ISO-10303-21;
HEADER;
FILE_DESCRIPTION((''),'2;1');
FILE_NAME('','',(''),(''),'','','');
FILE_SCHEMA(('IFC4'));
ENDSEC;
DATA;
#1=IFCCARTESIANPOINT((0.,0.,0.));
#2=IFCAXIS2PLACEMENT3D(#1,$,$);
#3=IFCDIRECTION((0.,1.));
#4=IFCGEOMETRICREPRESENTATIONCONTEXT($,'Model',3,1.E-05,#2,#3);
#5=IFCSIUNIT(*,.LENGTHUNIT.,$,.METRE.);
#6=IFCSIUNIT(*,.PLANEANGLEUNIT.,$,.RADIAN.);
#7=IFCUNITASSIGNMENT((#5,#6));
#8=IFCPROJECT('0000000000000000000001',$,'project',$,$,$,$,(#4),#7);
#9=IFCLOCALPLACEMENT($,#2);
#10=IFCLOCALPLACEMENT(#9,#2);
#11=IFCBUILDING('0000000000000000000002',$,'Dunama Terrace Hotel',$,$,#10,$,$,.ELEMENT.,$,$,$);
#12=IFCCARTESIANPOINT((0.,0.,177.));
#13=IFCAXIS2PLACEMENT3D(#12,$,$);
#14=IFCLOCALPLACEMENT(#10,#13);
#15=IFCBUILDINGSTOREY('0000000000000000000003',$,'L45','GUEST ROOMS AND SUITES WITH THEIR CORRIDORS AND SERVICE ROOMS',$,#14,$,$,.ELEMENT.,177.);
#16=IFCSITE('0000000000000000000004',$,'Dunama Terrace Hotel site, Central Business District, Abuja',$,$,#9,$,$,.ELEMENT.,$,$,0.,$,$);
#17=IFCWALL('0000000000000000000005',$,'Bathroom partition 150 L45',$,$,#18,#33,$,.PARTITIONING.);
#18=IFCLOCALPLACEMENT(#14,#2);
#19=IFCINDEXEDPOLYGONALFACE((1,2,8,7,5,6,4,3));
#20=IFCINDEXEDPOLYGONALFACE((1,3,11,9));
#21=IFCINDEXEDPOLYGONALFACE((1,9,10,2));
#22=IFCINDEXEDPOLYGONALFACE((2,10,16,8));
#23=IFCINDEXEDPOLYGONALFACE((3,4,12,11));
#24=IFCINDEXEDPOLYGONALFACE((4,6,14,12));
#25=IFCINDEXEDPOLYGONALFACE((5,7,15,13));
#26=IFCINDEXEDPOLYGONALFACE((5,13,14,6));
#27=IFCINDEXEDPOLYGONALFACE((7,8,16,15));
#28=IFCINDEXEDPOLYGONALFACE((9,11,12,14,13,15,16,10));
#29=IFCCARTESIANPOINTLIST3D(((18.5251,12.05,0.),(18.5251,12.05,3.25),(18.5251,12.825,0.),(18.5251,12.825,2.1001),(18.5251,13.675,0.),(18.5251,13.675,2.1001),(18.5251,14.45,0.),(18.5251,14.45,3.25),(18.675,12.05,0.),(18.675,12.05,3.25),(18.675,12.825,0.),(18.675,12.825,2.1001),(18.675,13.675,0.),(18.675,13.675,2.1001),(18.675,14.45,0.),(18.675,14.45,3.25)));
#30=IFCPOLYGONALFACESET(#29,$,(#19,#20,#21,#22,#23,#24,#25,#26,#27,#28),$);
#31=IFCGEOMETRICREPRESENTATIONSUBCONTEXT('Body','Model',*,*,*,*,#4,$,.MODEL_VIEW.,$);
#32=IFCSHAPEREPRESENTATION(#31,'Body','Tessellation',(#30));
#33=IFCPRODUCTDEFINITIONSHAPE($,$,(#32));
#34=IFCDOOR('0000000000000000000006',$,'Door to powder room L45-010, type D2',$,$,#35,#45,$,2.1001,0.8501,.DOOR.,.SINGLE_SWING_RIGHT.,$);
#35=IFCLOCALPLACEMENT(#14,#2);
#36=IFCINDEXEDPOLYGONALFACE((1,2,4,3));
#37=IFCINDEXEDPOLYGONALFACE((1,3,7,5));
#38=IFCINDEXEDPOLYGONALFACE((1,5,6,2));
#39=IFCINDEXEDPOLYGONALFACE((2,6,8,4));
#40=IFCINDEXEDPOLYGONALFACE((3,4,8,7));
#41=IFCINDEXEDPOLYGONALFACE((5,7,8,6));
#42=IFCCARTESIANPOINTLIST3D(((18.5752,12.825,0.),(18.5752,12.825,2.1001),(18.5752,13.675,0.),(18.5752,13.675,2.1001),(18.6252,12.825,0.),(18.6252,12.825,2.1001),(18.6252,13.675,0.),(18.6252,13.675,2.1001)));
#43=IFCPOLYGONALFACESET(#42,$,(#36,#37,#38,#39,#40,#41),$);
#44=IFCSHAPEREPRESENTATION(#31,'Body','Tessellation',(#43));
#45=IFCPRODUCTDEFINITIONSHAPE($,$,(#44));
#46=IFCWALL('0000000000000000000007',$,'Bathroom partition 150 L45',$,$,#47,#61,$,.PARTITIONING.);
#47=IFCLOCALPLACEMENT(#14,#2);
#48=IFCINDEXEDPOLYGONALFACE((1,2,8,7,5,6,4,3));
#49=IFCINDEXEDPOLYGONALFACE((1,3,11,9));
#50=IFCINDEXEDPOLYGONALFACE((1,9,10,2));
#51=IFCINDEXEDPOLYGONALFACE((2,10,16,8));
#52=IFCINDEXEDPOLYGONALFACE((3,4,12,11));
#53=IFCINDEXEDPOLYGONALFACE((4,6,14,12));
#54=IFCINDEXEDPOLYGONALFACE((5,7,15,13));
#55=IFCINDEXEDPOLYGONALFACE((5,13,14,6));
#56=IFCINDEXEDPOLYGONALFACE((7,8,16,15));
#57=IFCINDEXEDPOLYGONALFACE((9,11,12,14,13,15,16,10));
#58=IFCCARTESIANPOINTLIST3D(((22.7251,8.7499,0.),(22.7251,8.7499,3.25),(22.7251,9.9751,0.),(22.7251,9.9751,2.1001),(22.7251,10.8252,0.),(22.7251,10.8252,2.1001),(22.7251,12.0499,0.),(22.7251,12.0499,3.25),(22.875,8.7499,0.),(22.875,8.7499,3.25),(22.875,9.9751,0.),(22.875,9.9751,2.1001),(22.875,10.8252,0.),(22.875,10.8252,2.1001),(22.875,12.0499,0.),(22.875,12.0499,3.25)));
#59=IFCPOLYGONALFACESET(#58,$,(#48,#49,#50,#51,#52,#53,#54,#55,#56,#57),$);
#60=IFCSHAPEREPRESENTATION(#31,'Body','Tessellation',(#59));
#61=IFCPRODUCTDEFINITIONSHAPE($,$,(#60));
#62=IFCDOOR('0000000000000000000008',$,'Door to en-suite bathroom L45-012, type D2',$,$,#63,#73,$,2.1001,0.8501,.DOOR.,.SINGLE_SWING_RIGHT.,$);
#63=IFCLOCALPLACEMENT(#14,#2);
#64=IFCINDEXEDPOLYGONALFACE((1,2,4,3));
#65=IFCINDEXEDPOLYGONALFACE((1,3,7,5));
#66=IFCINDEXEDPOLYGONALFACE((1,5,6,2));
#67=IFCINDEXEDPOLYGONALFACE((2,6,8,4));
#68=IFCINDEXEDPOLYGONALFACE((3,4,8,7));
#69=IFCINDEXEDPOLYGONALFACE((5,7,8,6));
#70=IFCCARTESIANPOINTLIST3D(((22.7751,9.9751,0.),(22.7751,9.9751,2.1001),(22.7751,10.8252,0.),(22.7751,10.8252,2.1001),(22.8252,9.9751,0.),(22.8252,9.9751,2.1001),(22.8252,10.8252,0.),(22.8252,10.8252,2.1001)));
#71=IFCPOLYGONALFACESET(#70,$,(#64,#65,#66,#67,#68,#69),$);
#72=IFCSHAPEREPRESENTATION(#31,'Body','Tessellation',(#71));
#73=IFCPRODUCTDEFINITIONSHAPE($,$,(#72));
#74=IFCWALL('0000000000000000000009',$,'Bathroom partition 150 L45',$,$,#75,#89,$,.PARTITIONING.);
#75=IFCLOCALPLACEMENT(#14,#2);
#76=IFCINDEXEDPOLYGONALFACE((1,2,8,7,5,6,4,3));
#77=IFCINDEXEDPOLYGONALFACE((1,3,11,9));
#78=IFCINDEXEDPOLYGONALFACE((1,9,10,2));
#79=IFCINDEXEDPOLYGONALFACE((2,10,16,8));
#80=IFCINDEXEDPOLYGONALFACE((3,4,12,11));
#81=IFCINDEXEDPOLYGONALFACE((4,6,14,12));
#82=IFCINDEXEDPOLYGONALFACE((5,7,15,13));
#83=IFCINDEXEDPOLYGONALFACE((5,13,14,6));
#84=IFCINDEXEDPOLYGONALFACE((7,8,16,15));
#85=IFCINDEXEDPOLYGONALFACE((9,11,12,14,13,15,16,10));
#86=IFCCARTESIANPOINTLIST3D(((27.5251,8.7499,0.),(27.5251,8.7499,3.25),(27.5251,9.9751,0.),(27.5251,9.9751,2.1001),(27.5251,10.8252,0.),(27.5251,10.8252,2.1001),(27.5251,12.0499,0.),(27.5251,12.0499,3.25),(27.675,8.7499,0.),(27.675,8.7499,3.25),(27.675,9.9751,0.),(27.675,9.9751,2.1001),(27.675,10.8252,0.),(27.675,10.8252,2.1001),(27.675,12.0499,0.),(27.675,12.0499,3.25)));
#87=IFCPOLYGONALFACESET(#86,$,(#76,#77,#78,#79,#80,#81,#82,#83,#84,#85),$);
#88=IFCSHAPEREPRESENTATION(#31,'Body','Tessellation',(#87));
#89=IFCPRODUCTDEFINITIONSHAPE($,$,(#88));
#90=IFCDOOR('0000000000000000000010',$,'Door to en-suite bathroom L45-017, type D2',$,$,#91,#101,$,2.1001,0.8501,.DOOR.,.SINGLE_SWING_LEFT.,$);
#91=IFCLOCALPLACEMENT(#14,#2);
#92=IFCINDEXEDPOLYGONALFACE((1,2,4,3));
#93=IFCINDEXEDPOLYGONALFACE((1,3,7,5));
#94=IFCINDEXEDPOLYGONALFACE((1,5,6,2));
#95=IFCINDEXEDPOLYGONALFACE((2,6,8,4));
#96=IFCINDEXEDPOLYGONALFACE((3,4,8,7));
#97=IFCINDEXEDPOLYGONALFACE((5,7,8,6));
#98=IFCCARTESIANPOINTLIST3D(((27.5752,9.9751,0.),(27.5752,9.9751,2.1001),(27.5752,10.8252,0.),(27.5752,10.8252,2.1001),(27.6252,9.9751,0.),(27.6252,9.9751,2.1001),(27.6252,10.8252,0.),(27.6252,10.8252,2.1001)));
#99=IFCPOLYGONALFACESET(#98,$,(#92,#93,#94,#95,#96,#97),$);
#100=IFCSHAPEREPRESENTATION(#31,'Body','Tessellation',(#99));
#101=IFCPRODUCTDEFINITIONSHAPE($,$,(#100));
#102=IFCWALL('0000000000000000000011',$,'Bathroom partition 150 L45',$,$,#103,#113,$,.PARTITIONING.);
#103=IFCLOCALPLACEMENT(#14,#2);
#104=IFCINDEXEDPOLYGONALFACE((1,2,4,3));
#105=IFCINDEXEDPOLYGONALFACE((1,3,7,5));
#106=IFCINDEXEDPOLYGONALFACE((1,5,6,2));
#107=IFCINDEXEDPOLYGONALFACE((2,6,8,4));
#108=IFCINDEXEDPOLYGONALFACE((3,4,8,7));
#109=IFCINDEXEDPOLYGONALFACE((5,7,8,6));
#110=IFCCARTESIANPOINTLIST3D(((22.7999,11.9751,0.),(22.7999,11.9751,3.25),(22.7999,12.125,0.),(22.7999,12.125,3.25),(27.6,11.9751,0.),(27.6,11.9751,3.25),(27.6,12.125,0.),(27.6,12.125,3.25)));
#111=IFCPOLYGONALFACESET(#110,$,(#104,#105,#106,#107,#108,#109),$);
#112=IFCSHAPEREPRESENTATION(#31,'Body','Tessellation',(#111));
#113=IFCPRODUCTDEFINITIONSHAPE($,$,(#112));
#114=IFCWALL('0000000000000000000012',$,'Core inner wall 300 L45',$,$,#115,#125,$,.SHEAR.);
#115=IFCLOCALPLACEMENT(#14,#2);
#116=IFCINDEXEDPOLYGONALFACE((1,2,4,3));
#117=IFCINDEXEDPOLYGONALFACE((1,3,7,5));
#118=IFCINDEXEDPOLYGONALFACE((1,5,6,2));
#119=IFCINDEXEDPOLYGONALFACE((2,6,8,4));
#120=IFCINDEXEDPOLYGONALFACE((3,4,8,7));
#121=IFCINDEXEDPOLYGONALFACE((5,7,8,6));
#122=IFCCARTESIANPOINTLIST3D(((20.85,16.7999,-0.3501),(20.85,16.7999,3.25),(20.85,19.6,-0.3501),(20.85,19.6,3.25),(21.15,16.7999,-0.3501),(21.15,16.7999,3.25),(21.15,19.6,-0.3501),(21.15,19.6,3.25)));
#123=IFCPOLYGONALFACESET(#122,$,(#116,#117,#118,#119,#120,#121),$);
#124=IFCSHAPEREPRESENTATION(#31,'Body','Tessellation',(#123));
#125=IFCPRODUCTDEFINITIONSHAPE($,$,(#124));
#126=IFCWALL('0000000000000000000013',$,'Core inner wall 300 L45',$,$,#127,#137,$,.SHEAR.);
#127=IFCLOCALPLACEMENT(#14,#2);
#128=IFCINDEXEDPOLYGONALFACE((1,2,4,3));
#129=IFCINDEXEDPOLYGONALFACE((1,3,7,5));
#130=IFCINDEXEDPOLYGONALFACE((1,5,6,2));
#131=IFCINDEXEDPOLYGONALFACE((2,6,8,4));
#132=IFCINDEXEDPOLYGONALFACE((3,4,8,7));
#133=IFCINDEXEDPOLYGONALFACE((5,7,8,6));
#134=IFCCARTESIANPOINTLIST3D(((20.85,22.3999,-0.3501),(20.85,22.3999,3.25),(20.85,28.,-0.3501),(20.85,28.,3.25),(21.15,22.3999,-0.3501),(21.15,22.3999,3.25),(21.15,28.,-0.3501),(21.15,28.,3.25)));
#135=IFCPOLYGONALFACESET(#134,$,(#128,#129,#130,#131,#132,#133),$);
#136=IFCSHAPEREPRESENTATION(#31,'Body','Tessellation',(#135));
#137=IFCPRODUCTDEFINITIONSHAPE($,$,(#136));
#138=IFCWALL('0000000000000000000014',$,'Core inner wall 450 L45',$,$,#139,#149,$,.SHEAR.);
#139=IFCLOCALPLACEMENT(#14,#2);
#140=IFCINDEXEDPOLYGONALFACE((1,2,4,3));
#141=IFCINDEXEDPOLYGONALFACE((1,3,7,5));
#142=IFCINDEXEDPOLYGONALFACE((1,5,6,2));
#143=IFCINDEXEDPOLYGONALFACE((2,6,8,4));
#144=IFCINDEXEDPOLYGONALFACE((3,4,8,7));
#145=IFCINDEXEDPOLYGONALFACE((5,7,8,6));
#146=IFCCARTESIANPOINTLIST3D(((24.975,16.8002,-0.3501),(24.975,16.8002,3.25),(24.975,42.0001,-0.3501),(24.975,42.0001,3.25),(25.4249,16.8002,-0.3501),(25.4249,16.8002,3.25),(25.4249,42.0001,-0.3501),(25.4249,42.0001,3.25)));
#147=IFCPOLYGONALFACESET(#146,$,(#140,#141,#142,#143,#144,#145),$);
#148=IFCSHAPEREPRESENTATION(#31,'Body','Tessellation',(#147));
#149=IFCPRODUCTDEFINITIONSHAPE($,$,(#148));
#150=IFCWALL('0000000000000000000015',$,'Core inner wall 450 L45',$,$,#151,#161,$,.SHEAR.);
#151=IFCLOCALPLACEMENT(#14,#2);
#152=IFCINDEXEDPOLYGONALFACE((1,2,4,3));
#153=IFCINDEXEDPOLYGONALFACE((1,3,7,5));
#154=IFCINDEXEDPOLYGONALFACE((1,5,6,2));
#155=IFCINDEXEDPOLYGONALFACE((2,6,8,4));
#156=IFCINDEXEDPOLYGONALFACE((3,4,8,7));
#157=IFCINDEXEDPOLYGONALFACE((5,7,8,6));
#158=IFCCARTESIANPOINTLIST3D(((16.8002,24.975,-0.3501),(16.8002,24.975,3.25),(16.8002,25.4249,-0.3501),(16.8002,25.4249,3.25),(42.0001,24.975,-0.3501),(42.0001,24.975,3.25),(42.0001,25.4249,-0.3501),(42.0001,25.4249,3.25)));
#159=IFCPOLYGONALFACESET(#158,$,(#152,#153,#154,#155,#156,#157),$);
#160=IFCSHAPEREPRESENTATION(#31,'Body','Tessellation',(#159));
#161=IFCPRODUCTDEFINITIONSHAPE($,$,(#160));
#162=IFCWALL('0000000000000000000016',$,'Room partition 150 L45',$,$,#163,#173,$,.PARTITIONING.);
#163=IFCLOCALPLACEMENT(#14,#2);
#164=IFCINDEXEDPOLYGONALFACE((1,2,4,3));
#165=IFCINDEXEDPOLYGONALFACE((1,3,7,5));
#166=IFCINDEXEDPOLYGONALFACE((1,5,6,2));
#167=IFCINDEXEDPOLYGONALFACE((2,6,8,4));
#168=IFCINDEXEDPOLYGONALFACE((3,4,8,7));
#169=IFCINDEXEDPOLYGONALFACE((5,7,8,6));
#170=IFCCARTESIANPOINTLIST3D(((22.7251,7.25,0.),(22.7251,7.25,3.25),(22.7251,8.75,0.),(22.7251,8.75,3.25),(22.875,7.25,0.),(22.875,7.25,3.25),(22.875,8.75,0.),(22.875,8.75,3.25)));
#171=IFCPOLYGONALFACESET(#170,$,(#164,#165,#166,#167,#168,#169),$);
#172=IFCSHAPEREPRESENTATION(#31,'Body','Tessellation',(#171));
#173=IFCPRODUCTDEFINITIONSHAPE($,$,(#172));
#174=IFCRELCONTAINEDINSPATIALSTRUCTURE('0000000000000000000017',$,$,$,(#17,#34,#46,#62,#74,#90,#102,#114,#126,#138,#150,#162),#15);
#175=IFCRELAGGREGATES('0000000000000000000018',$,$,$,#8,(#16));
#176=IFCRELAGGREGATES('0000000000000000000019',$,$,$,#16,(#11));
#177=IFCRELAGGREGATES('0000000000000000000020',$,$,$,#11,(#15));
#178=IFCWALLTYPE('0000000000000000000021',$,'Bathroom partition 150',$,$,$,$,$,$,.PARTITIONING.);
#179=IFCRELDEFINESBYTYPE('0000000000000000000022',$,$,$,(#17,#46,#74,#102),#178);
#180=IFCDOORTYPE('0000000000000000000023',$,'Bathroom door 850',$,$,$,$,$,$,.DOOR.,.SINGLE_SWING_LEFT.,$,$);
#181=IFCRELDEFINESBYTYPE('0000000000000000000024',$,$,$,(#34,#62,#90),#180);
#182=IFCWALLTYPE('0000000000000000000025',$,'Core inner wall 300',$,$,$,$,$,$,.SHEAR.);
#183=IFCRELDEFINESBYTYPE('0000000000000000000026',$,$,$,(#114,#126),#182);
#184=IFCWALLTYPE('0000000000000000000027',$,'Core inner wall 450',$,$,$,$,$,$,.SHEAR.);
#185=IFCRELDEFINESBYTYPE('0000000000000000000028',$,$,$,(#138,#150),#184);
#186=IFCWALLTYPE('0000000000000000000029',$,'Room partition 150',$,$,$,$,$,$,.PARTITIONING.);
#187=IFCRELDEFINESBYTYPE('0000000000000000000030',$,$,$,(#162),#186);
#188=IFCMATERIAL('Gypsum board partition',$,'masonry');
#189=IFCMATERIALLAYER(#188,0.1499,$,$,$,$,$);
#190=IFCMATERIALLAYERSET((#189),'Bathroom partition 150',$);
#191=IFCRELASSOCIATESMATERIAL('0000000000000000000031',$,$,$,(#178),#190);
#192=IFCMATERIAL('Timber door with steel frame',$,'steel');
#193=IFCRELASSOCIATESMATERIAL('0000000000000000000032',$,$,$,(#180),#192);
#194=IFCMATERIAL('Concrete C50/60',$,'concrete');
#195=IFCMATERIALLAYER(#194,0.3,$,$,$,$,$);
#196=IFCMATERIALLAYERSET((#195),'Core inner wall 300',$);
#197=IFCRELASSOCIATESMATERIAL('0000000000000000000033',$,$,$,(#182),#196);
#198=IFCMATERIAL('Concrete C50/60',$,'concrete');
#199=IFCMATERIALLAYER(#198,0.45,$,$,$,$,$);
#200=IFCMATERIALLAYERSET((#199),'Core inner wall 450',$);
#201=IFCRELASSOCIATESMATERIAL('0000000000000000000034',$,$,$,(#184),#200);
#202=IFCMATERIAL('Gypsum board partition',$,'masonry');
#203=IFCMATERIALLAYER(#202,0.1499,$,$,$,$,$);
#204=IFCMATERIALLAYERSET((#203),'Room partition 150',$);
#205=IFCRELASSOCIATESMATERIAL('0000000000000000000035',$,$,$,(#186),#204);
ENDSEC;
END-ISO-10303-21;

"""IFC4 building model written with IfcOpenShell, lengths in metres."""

from ifc_helpers import new_model, si_unit, direction, frame, frame_2d, origin, place, context, subcontext, project, spatial, rectangle, extrude, material, layer, layer_set, type_object, element, fill, save


model = new_model("IFC4")

# Units and contexts
model_context = context("Model", 3, precision=1e-05, world=origin(), true_north=direction((0.0, 1.0)))
body_context = subcontext(model_context, "Body", "Model", "MODEL_VIEW")
ifc_project = project(units=[si_unit("LENGTHUNIT", "METRE"), si_unit("PLANEANGLEUNIT", "RADIAN")], contexts=[model_context])

# Site, building, storey
site_placement = place(None, origin())
site = spatial("IfcSite", under=ifc_project, at=site_placement, Name="Dunama Terrace Hotel site, Central Business District, Abuja", CompositionType="ELEMENT", RefElevation=0.0)
building_placement = place(site_placement, origin())
building = spatial("IfcBuilding", under=site, at=building_placement, Name="Dunama Terrace Hotel", CompositionType="ELEMENT")
storey_placement = place(building_placement, frame((0.0, 0.0, 177.0)))
storey = spatial("IfcBuildingStorey", under=building, at=storey_placement, Name="L45", Description="GUEST ROOMS AND SUITES WITH THEIR CORRIDORS AND SERVICE ROOMS", CompositionType="ELEMENT", Elevation=177.0)

# Walls, openings, doors
ifc_material_1 = material(Name="Gypsum board partition", Category="masonry")
ifc_layer_1 = layer(ifc_material_1, 0.1499)
ifc_layer_set_1 = layer_set([ifc_layer_1], Name="Bathroom partition 150")
wall_type_1 = type_object("IfcWallType", Name="Bathroom partition 150", PredefinedType="PARTITIONING", material=ifc_layer_set_1)
wall_1_placement = place(storey_placement, frame((18.6001, 12.05, 0.0), z_axis=(0.0, 0.0, 1.0), x_axis=(0.0, 1.0, 0.0)))
wall_1 = element("IfcWall", 1, at=wall_1_placement, inside=storey, type_object=wall_type_1, Name="Bathroom partition 150 L45", PredefinedType="PARTITIONING", context=body_context, shape_type="SweptSolid", body=[
    extrude(rectangle(XDim=2.3999, YDim=0.1499, at=frame_2d((1.2, 0.0))), origin(), (0.0, 0.0, 1.0), 3.25),
])
opening_1_placement = place(wall_1_placement, frame((0.7749, 0.0, 0.0)))
opening_1 = element("IfcOpeningElement", 2, at=opening_1_placement, cuts=wall_1, PredefinedType="OPENING", context=body_context, shape_type="SweptSolid", body=[
    extrude(rectangle(XDim=0.8501, YDim=2.1001, at=frame_2d((0.425, 1.05))), frame((0.0, 0.085, 0.0), z_axis=(0.0, -1.0, 0.0), x_axis=(1.0, 0.0, 0.0)), (0.0, 0.0, 1.0), 0.1699),
])
ifc_material_2 = material(Name="Timber door with steel frame", Category="steel")
door_type_1 = type_object("IfcDoorType", Name="Bathroom door 850", OperationType="SINGLE_SWING_LEFT", PredefinedType="DOOR", material=ifc_material_2)
door_1_placement = place(opening_1_placement, origin())
door_1 = element("IfcDoor", 3, at=door_1_placement, inside=storey, type_object=door_type_1, Name="Door to powder room L45-010, type D2", OperationType="SINGLE_SWING_RIGHT", OverallHeight=2.1001, OverallWidth=0.8501, PredefinedType="DOOR", context=body_context, shape_type="SweptSolid", body=[
    extrude(rectangle(XDim=0.8501, YDim=2.1001, at=frame_2d((0.425, 1.05))), frame((0.0, 0.0249, 0.0), z_axis=(0.0, -1.0, 0.0), x_axis=(1.0, 0.0, 0.0)), (0.0, 0.0, 1.0), 0.05),
])
fill(opening_1, door_1)
wall_2_placement = place(storey_placement, frame((22.8, 8.75, 0.0), z_axis=(0.0, 0.0, 1.0), x_axis=(0.0, 1.0, 0.0)))
wall_2 = element("IfcWall", 4, at=wall_2_placement, inside=storey, type_object=wall_type_1, Name="Bathroom partition 150 L45", PredefinedType="PARTITIONING", context=body_context, shape_type="SweptSolid", body=[
    extrude(rectangle(XDim=3.3, YDim=0.1499, at=frame_2d((1.6499, 0.0))), origin(), (0.0, 0.0, 1.0), 3.25),
])
opening_2_placement = place(wall_2_placement, frame((1.2251, 0.0, 0.0)))
opening_2 = element("IfcOpeningElement", 5, at=opening_2_placement, cuts=wall_2, PredefinedType="OPENING", context=body_context, shape_type="SweptSolid", body=[
    extrude(rectangle(XDim=0.8501, YDim=2.1001, at=frame_2d((0.425, 1.05))), frame((0.0, 0.085, 0.0), z_axis=(0.0, -1.0, 0.0), x_axis=(1.0, 0.0, 0.0)), (0.0, 0.0, 1.0), 0.1699),
])
door_2_placement = place(opening_2_placement, frame((0.8501, 0.0, 0.0), z_axis=(0.0, 0.0, 1.0), x_axis=(-1.0, 0.0, 0.0)))
door_2 = element("IfcDoor", 6, at=door_2_placement, inside=storey, type_object=door_type_1, Name="Door to en-suite bathroom L45-012, type D2", OperationType="SINGLE_SWING_RIGHT", OverallHeight=2.1001, OverallWidth=0.8501, PredefinedType="DOOR", context=body_context, shape_type="SweptSolid", body=[
    extrude(rectangle(XDim=0.8501, YDim=2.1001, at=frame_2d((0.425, 1.05))), frame((0.0, 0.0251, 0.0), z_axis=(0.0, -1.0, 0.0), x_axis=(1.0, 0.0, 0.0)), (0.0, 0.0, 1.0), 0.05),
])
fill(opening_2, door_2)
wall_3_placement = place(storey_placement, frame((27.6001, 8.75, 0.0), z_axis=(0.0, 0.0, 1.0), x_axis=(0.0, 1.0, 0.0)))
wall_3 = element("IfcWall", 7, at=wall_3_placement, inside=storey, type_object=wall_type_1, Name="Bathroom partition 150 L45", PredefinedType="PARTITIONING", context=body_context, shape_type="SweptSolid", body=[
    extrude(rectangle(XDim=3.3, YDim=0.1499, at=frame_2d((1.6499, 0.0))), origin(), (0.0, 0.0, 1.0), 3.25),
])
opening_3_placement = place(wall_3_placement, frame((1.2251, 0.0, 0.0)))
opening_3 = element("IfcOpeningElement", 8, at=opening_3_placement, cuts=wall_3, PredefinedType="OPENING", context=body_context, shape_type="SweptSolid", body=[
    extrude(rectangle(XDim=0.8501, YDim=2.1001, at=frame_2d((0.425, 1.05))), frame((0.0, 0.085, 0.0), z_axis=(0.0, -1.0, 0.0), x_axis=(1.0, 0.0, 0.0)), (0.0, 0.0, 1.0), 0.1699),
])
door_3_placement = place(opening_3_placement, origin())
door_3 = element("IfcDoor", 9, at=door_3_placement, inside=storey, type_object=door_type_1, Name="Door to en-suite bathroom L45-017, type D2", OperationType="SINGLE_SWING_LEFT", OverallHeight=2.1001, OverallWidth=0.8501, PredefinedType="DOOR", context=body_context, shape_type="SweptSolid", body=[
    extrude(rectangle(XDim=0.8501, YDim=2.1001, at=frame_2d((0.425, 1.05))), frame((0.0, 0.0249, 0.0), z_axis=(0.0, -1.0, 0.0), x_axis=(1.0, 0.0, 0.0)), (0.0, 0.0, 1.0), 0.05),
])
fill(opening_3, door_3)

# Walls
wall_4_placement = place(storey_placement, frame((22.8, 12.05, 0.0), z_axis=(0.0, 0.0, 1.0), x_axis=(1.0, 0.0, 0.0)))
element("IfcWall", 10, at=wall_4_placement, inside=storey, type_object=wall_type_1, Name="Bathroom partition 150 L45", PredefinedType="PARTITIONING", context=body_context, shape_type="SweptSolid", body=[
    extrude(rectangle(XDim=4.8, YDim=0.1499, at=frame_2d((2.3999, 0.0))), origin(), (0.0, 0.0, 1.0), 3.25),
])
ifc_material_3 = material(Name="Concrete C50/60", Category="concrete")
ifc_layer_2 = layer(ifc_material_3, 0.3)
ifc_layer_set_2 = layer_set([ifc_layer_2], Name="Core inner wall 300")
wall_type_2 = type_object("IfcWallType", Name="Core inner wall 300", PredefinedType="SHEAR", material=ifc_layer_set_2)
wall_5_placement = place(storey_placement, frame((21.0, 16.8, -0.3501), z_axis=(0.0, 0.0, 1.0), x_axis=(0.0, 1.0, 0.0)))
element("IfcWall", 11, at=wall_5_placement, inside=storey, type_object=wall_type_2, Name="Core inner wall 300 L45", PredefinedType="SHEAR", context=body_context, shape_type="SweptSolid", body=[
    extrude(rectangle(XDim=2.8, YDim=0.3, at=frame_2d((1.3999, 0.0))), origin(), (0.0, 0.0, 1.0), 3.6001),
])
wall_6_placement = place(storey_placement, frame((21.0, 22.3999, -0.3501), z_axis=(0.0, 0.0, 1.0), x_axis=(0.0, 1.0, 0.0)))
element("IfcWall", 12, at=wall_6_placement, inside=storey, type_object=wall_type_2, Name="Core inner wall 300 L45", PredefinedType="SHEAR", context=body_context, shape_type="SweptSolid", body=[
    extrude(rectangle(XDim=5.6001, YDim=0.3, at=frame_2d((2.8, 0.0))), origin(), (0.0, 0.0, 1.0), 3.6001),
])
ifc_material_4 = material(Name="Concrete C50/60", Category="concrete")
ifc_layer_3 = layer(ifc_material_4, 0.45)
ifc_layer_set_3 = layer_set([ifc_layer_3], Name="Core inner wall 450")
wall_type_3 = type_object("IfcWallType", Name="Core inner wall 450", PredefinedType="SHEAR", material=ifc_layer_set_3)
for number, where, z_axis, x_axis, name in (
    (13, (25.2, 16.8, -0.3501), (0.0, 0.0, 1.0), (0.0, 1.0, 0.0), "Core inner wall 450 L45"),
    (14, (16.8, 25.2, -0.3501), (0.0, 0.0, 1.0), (1.0, 0.0, 0.0), "Core inner wall 450 L45"),
):
    element("IfcWall", number, at=place(storey_placement, frame(where, z_axis=z_axis, x_axis=x_axis)), inside=storey, type_object=wall_type_3, Name=name, PredefinedType="SHEAR", context=body_context, shape_type="SweptSolid", body=[
        extrude(rectangle(XDim=25.2, YDim=0.45, at=frame_2d((12.6001, 0.0))), origin(), (0.0, 0.0, 1.0), 3.6001),
    ])
ifc_material_5 = material(Name="Gypsum board partition", Category="masonry")
ifc_layer_4 = layer(ifc_material_5, 0.1499)
ifc_layer_set_4 = layer_set([ifc_layer_4], Name="Room partition 150")
wall_type_4 = type_object("IfcWallType", Name="Room partition 150", PredefinedType="PARTITIONING", material=ifc_layer_set_4)
for number, where, z_axis, x_axis, name in (
    (15, (22.8, 7.25, 0.0), (0.0, 0.0, 1.0), (0.0, 1.0, 0.0), "Room partition 150 L45"),
):
    element("IfcWall", number, at=place(storey_placement, frame(where, z_axis=z_axis, x_axis=x_axis)), inside=storey, type_object=wall_type_4, Name=name, PredefinedType="PARTITIONING", context=body_context, shape_type="SweptSolid", body=[
        extrude(rectangle(XDim=1.5, YDim=0.1499, at=frame_2d((0.75, 0.0))), origin(), (0.0, 0.0, 1.0), 3.25),
    ])

save(model, "model.ifc")
